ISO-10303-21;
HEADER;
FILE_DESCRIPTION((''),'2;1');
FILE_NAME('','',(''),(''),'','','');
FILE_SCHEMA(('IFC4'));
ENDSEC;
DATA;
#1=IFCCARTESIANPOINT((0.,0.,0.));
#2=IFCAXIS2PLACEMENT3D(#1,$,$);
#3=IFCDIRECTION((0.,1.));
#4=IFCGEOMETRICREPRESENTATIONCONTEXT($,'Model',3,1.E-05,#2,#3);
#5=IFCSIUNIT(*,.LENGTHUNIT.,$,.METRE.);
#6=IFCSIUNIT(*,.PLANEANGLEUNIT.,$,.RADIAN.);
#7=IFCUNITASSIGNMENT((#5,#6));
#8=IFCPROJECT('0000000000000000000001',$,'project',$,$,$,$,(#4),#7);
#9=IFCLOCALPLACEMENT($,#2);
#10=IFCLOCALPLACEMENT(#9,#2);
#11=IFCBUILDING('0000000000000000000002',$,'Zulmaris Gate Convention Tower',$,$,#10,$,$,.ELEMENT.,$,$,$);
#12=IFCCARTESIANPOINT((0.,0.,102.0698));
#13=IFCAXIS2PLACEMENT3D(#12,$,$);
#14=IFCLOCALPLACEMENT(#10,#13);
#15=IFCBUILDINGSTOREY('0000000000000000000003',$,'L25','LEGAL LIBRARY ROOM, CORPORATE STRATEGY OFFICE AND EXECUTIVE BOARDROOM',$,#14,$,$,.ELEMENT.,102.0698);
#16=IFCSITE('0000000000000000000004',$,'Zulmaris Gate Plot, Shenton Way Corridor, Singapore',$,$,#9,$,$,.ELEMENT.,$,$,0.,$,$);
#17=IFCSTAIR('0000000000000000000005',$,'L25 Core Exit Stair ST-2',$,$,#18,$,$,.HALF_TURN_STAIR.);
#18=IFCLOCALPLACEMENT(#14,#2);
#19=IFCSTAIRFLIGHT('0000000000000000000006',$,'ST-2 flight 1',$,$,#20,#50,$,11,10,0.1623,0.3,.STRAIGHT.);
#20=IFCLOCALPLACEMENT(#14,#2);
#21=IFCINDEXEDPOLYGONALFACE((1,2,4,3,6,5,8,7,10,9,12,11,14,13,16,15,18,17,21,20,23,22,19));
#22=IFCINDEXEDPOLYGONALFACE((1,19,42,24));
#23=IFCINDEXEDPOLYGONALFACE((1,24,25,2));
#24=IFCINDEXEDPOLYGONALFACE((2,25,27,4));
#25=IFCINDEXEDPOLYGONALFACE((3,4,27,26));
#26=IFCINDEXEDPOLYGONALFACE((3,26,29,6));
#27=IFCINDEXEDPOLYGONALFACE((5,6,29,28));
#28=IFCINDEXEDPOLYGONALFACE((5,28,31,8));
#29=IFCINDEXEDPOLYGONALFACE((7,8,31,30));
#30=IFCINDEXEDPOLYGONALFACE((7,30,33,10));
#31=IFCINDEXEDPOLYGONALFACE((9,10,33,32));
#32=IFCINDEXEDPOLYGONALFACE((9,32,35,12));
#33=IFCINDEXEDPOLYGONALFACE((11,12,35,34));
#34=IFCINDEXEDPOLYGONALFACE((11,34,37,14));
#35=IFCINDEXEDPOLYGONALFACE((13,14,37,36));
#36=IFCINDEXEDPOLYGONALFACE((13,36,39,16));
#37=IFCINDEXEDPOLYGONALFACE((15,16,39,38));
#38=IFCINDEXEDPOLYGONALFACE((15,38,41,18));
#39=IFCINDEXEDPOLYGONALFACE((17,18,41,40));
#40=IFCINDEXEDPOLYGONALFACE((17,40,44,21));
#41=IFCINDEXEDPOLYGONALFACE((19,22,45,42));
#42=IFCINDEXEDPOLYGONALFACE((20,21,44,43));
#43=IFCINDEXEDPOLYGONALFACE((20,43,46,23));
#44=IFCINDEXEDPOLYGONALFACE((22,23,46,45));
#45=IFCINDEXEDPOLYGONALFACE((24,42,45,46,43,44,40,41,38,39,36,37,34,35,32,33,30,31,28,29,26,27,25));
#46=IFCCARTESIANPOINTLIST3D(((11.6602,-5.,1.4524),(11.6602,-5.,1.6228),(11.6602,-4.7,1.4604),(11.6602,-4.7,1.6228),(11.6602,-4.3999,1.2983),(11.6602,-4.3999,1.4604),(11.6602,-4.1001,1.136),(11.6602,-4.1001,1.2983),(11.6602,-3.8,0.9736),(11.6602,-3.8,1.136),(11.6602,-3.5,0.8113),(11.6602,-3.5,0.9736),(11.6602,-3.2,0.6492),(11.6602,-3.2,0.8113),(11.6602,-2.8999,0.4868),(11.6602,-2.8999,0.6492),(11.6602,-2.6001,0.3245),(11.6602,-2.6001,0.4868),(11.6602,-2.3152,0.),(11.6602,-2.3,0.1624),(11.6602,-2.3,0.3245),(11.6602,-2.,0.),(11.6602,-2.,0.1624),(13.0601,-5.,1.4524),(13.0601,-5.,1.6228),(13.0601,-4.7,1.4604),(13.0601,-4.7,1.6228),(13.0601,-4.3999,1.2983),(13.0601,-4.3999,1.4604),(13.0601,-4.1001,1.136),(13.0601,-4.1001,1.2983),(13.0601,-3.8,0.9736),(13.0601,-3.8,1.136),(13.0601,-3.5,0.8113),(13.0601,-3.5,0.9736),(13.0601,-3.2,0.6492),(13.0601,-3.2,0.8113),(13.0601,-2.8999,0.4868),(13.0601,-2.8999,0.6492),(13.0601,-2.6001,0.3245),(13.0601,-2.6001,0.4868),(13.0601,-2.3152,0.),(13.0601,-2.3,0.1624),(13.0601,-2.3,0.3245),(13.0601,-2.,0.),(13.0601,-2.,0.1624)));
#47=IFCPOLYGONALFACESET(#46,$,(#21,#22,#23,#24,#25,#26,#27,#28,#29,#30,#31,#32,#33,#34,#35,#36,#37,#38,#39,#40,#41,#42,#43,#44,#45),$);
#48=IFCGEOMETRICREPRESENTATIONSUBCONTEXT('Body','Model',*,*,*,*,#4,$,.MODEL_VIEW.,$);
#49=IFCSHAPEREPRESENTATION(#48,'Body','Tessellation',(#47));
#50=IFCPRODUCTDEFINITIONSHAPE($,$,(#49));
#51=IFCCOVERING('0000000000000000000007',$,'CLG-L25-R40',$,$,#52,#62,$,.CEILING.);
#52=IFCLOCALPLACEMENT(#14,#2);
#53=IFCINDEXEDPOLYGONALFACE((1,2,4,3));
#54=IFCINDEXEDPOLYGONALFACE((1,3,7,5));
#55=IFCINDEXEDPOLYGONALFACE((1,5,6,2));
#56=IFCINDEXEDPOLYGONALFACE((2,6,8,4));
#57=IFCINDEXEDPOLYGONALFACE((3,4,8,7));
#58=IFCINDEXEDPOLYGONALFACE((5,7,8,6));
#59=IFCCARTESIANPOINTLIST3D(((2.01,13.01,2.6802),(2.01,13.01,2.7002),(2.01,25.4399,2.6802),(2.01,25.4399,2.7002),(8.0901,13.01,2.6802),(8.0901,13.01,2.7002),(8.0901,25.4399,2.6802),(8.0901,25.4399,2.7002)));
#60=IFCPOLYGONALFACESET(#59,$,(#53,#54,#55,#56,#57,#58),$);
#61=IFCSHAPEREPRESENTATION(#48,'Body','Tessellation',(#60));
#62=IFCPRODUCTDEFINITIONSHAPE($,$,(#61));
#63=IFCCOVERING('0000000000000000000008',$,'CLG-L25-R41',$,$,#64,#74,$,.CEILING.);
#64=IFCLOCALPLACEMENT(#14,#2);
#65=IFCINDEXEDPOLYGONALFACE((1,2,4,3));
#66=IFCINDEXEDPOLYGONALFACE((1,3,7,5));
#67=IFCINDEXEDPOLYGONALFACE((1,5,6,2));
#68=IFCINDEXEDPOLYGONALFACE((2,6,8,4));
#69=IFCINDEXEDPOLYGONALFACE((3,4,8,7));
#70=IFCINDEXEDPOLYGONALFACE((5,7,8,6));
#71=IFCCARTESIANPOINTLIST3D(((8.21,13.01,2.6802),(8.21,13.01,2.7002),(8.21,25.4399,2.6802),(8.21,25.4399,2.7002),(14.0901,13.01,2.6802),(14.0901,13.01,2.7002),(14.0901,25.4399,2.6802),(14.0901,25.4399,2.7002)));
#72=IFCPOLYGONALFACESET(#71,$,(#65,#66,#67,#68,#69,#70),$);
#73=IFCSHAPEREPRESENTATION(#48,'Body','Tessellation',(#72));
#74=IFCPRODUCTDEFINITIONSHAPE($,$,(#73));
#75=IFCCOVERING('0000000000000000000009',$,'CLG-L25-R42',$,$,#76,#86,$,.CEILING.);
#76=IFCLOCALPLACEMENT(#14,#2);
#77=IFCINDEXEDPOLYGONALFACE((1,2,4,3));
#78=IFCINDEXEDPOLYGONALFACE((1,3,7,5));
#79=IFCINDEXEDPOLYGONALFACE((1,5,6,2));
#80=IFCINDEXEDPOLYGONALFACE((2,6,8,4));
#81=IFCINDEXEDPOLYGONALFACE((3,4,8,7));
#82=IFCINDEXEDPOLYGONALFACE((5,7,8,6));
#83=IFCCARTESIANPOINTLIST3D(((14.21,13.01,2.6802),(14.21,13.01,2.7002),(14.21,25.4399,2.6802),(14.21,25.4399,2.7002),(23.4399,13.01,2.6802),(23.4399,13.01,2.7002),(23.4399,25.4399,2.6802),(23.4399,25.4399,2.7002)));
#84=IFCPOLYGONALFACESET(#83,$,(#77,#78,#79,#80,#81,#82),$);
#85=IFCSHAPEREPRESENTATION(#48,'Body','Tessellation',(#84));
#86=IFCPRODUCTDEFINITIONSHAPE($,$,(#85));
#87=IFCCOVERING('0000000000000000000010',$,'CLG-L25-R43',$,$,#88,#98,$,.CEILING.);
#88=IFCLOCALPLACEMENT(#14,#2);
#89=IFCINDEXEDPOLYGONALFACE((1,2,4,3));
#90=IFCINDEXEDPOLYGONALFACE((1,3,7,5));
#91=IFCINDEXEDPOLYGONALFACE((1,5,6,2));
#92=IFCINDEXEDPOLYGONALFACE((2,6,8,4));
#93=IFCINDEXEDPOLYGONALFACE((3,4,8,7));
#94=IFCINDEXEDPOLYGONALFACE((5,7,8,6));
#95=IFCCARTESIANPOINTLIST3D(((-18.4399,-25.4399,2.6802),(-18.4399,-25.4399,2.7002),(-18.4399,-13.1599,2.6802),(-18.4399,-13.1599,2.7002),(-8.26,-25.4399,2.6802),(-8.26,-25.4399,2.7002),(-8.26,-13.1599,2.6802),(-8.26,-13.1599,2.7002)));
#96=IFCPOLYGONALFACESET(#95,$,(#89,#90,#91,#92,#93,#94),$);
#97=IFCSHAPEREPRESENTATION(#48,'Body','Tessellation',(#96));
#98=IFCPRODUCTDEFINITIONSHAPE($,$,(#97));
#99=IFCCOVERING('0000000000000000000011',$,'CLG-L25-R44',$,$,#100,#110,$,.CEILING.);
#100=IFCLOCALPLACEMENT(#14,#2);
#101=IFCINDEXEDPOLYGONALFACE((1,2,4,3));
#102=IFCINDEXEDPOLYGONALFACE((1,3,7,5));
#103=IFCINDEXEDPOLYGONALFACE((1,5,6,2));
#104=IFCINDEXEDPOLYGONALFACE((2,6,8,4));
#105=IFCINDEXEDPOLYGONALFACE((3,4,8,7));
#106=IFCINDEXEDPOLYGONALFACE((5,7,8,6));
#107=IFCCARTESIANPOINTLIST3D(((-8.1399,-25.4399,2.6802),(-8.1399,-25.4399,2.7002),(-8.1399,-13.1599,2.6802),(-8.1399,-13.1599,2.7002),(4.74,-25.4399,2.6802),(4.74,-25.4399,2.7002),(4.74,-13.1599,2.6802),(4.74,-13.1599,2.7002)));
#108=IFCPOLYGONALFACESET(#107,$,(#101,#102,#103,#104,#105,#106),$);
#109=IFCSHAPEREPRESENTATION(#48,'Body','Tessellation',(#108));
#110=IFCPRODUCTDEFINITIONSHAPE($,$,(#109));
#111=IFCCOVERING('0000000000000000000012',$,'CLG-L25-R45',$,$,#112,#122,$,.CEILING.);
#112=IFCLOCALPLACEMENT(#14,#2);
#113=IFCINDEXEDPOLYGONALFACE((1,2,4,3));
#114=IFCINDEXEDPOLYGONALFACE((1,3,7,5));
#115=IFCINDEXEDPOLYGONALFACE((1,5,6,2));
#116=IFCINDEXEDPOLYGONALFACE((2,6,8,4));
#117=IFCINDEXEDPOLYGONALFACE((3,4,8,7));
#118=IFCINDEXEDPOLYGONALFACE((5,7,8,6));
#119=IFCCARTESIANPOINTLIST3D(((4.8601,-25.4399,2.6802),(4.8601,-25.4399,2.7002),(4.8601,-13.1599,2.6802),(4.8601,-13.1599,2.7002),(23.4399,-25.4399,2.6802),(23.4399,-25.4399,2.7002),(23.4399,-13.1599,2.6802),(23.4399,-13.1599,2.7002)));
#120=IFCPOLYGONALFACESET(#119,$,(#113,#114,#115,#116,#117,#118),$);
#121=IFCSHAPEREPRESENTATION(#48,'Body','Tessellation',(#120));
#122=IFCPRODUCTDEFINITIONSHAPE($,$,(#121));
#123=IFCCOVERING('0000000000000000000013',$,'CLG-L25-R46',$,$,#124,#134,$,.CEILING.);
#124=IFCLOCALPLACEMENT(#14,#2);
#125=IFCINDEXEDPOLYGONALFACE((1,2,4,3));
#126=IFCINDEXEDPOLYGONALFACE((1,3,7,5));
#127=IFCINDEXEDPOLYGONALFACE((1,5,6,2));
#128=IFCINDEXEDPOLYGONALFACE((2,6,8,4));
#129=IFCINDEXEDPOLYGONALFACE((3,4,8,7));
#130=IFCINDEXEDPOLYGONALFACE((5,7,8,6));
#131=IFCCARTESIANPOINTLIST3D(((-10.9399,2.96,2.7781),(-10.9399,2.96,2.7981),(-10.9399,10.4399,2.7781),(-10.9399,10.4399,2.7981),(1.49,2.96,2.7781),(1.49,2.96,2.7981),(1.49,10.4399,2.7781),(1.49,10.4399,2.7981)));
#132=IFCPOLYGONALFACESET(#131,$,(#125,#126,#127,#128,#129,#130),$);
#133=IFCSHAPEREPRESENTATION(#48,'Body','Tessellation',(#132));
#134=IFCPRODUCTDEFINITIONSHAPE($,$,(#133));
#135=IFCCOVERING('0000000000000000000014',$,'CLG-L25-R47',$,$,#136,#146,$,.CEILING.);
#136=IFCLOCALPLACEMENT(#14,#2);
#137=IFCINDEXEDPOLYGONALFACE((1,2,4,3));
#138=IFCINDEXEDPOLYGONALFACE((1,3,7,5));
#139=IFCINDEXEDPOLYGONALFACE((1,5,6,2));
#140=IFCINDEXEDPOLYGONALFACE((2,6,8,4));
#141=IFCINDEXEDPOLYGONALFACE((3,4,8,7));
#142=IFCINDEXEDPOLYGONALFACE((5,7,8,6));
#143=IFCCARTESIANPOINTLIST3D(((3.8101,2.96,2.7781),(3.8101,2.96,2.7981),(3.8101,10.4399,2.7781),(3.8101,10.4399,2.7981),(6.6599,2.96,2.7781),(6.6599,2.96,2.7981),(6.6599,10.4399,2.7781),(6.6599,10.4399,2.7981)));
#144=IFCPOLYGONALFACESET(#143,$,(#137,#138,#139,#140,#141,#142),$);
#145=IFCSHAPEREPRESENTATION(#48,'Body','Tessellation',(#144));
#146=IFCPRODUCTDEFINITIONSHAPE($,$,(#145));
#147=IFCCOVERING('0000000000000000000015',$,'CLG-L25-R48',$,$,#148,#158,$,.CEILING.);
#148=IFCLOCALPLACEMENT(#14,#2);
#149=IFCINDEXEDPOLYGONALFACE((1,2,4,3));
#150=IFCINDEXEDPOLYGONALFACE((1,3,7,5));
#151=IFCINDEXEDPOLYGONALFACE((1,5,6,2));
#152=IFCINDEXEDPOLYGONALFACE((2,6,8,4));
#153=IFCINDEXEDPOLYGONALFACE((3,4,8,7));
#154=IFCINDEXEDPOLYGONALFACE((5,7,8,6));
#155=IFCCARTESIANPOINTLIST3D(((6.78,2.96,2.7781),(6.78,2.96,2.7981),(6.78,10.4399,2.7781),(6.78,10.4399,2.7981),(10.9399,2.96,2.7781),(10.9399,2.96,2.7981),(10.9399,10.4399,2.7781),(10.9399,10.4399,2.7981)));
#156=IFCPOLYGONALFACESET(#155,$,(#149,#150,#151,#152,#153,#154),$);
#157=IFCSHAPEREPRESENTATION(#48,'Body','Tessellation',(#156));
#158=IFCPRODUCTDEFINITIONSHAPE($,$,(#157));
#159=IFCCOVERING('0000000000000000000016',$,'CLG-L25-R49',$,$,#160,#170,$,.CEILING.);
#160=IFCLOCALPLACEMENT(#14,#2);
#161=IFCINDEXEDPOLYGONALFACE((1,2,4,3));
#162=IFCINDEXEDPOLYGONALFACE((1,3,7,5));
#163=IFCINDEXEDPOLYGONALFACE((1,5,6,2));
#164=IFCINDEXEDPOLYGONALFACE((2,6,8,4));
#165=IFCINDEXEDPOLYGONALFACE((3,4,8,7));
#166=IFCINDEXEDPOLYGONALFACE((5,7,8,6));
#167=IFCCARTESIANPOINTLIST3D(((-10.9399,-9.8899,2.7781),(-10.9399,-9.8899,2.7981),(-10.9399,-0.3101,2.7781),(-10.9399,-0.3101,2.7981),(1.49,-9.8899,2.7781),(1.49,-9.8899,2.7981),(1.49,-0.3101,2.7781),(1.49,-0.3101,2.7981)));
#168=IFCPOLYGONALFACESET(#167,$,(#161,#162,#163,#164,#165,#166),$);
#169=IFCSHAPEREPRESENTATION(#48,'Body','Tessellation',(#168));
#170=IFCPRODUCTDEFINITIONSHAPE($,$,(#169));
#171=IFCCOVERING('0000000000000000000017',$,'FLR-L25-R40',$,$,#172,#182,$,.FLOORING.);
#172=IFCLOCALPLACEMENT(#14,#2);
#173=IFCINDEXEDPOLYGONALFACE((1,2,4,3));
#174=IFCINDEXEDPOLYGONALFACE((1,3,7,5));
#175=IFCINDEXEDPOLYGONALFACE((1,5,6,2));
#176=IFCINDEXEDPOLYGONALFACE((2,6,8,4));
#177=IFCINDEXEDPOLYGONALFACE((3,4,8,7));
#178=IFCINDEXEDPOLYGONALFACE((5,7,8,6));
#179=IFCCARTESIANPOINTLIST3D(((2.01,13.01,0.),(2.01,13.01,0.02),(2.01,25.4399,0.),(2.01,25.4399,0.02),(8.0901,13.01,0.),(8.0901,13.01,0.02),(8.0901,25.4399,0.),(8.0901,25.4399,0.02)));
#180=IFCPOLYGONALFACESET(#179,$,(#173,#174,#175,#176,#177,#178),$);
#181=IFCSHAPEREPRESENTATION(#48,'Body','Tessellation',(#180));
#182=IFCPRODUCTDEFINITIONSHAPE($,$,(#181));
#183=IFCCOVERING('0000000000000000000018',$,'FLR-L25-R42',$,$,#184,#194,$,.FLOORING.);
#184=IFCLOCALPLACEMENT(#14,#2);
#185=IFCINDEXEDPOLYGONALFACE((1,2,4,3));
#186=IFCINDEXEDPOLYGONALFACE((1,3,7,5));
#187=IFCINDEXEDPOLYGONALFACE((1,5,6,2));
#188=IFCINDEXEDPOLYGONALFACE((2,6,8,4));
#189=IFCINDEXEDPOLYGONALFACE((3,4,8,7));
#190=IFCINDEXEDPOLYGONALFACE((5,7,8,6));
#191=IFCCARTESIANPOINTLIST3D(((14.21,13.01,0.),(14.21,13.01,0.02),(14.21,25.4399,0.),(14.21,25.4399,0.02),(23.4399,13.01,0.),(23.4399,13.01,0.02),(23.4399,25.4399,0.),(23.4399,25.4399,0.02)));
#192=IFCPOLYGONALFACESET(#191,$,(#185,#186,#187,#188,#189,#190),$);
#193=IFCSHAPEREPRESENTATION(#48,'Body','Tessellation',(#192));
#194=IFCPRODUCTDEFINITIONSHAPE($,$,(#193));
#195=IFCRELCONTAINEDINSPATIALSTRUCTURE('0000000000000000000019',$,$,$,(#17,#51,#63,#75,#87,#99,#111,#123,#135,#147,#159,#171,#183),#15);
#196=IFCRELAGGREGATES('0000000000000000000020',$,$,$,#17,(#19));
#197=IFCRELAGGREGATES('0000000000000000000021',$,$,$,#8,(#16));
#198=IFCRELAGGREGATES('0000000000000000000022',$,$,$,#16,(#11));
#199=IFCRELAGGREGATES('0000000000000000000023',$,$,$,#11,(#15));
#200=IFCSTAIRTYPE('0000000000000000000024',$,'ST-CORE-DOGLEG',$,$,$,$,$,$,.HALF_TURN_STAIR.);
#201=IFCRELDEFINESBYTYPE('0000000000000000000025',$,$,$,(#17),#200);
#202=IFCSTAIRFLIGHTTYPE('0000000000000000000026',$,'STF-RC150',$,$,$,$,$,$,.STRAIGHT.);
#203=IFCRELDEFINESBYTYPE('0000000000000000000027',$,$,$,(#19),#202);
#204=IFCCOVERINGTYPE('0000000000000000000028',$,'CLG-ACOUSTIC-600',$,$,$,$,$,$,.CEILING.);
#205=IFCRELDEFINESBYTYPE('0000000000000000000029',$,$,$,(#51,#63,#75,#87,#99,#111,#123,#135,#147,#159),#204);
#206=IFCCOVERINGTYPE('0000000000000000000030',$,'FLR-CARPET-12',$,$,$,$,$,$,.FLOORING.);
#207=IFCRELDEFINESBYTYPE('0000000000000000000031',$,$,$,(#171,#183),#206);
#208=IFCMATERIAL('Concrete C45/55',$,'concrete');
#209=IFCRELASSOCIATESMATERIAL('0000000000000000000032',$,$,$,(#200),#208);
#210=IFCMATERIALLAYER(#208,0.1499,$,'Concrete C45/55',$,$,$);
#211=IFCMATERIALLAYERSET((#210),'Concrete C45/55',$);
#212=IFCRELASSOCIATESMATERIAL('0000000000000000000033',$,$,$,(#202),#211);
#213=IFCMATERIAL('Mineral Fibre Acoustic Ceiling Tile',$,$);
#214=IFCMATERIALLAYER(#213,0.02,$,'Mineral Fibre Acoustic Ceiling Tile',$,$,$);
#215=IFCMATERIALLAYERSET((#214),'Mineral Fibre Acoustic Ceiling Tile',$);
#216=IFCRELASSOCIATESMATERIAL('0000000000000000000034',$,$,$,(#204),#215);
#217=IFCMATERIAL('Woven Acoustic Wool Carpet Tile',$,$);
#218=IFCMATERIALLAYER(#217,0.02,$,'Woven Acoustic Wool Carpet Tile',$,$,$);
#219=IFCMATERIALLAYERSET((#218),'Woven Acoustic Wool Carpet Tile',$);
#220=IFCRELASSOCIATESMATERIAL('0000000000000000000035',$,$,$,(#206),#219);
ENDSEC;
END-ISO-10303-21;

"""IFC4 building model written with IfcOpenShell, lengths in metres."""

from ifc_helpers import new_model, si_unit, direction, frame, origin, place, context, subcontext, project, spatial, polyline, outline, extrude, material, layer, layer_set, type_object, element, aggregate, save


model = new_model("IFC4")

# Units and contexts
model_context = context("Model", 3, precision=1e-05, world=origin(), true_north=direction((0.0, 1.0)))
body_context = subcontext(model_context, "Body", "Model", "MODEL_VIEW")
ifc_project = project(units=[si_unit("LENGTHUNIT", "METRE"), si_unit("PLANEANGLEUNIT", "RADIAN")], contexts=[model_context])

# Site, building, storey
site_placement = place(None, origin())
site = spatial("IfcSite", under=ifc_project, at=site_placement, Name="Zulmaris Gate Plot, Shenton Way Corridor, Singapore", CompositionType="ELEMENT", RefElevation=0.0)
building_placement = place(site_placement, origin())
building = spatial("IfcBuilding", under=site, at=building_placement, Name="Zulmaris Gate Convention Tower", CompositionType="ELEMENT")
storey_placement = place(building_placement, frame((0.0, 0.0, 102.0698)))
storey = spatial("IfcBuildingStorey", under=building, at=storey_placement, Name="L25", Description="LEGAL LIBRARY ROOM, CORPORATE STRATEGY OFFICE AND EXECUTIVE BOARDROOM", CompositionType="ELEMENT", Elevation=102.0698)

# Stair, stair flight
ifc_material_1 = material(Name="Concrete C45/55", Category="concrete")
stair_type = type_object("IfcStairType", Name="ST-CORE-DOGLEG", PredefinedType="HALF_TURN_STAIR", material=ifc_material_1)
stair_placement = place(storey_placement, origin())
stair = element("IfcStair", 1, at=stair_placement, inside=storey, type_object=stair_type, Name="L25 Core Exit Stair ST-2", PredefinedType="HALF_TURN_STAIR")
ifc_layer_1 = layer(ifc_material_1, 0.1499, Name="Concrete C45/55")
ifc_layer_set_1 = layer_set([ifc_layer_1], Name="Concrete C45/55")
stair_flight_type = type_object("IfcStairFlightType", Name="STF-RC150", PredefinedType="STRAIGHT", material=ifc_layer_set_1)
stair_flight_placement = place(storey_placement, frame((12.3601, -2.0, 0.0), z_axis=(0.0, 0.0, 1.0), x_axis=(0.0, -1.0, 0.0)))
stair_flight = element("IfcStairFlight", 2, at=stair_flight_placement, type_object=stair_flight_type, Name="ST-2 flight 1", NumberOfRisers=11, NumberOfTreads=10, PredefinedType="STRAIGHT", RiserHeight=0.1623, TreadLength=0.3, context=body_context, shape_type="SweptSolid", body=[
    extrude(outline(polyline([(0.0, 0.0), (0.0, 0.1624), (0.3, 0.1624), (0.3, 0.3245), (0.6001, 0.3245), (0.6001, 0.4868), (0.8999, 0.4868), (0.8999, 0.6492), (1.2, 0.6492), (1.2, 0.8113), (1.5, 0.8113), (1.5, 0.9736), (1.8, 0.9736), (1.8, 1.136), (2.1001, 1.136), (2.1001, 1.2983), (2.3999, 1.2983), (2.3999, 1.4604), (2.7, 1.4604), (2.7, 1.6228), (3.0, 1.6228), (3.0, 1.7852), (3.0, 1.4524), (0.3152, 0.0), (0.0, 0.0)])), frame((0.0, 0.7, 0.0), z_axis=(0.0, -1.0, 0.0), x_axis=(1.0, 0.0, 0.0)), (0.0, 0.0, 1.0), 1.3999),
])
aggregate(stair, [stair_flight])

# Coverings
ifc_material_2 = material(Name="Mineral Fibre Acoustic Ceiling Tile")
ifc_layer_2 = layer(ifc_material_2, 0.02, Name="Mineral Fibre Acoustic Ceiling Tile")
ifc_layer_set_2 = layer_set([ifc_layer_2], Name="Mineral Fibre Acoustic Ceiling Tile")
covering_type_1 = type_object("IfcCoveringType", Name="CLG-ACOUSTIC-600", PredefinedType="CEILING", material=ifc_layer_set_2)
covering_1_placement = place(storey_placement, frame((0.0, 0.0, 2.6802)))
element("IfcCovering", 3, at=covering_1_placement, inside=storey, type_object=covering_type_1, Name="CLG-L25-R40", PredefinedType="CEILING", context=body_context, shape_type="SweptSolid", body=[
    extrude(outline(polyline([(2.01, 13.01), (8.0901, 13.01), (8.0901, 25.4399), (2.01, 25.4399), (2.01, 13.01)])), origin(), (0.0, 0.0, 1.0), 0.02),
])
covering_2_placement = place(storey_placement, frame((0.0, 0.0, 2.6802)))
element("IfcCovering", 4, at=covering_2_placement, inside=storey, type_object=covering_type_1, Name="CLG-L25-R41", PredefinedType="CEILING", context=body_context, shape_type="SweptSolid", body=[
    extrude(outline(polyline([(8.21, 13.01), (14.0901, 13.01), (14.0901, 25.4399), (8.21, 25.4399), (8.21, 13.01)])), origin(), (0.0, 0.0, 1.0), 0.02),
])
covering_3_placement = place(storey_placement, frame((0.0, 0.0, 2.6802)))
element("IfcCovering", 5, at=covering_3_placement, inside=storey, type_object=covering_type_1, Name="CLG-L25-R42", PredefinedType="CEILING", context=body_context, shape_type="SweptSolid", body=[
    extrude(outline(polyline([(14.21, 13.01), (23.4399, 13.01), (23.4399, 25.4399), (14.21, 25.4399), (14.21, 13.01)])), origin(), (0.0, 0.0, 1.0), 0.02),
])
covering_4_placement = place(storey_placement, frame((0.0, 0.0, 2.6802)))
element("IfcCovering", 6, at=covering_4_placement, inside=storey, type_object=covering_type_1, Name="CLG-L25-R43", PredefinedType="CEILING", context=body_context, shape_type="SweptSolid", body=[
    extrude(outline(polyline([(-18.4399, -25.4399), (-8.26, -25.4399), (-8.26, -13.1599), (-18.4399, -13.1599), (-18.4399, -25.4399)])), origin(), (0.0, 0.0, 1.0), 0.02),
])
covering_5_placement = place(storey_placement, frame((0.0, 0.0, 2.6802)))
element("IfcCovering", 7, at=covering_5_placement, inside=storey, type_object=covering_type_1, Name="CLG-L25-R44", PredefinedType="CEILING", context=body_context, shape_type="SweptSolid", body=[
    extrude(outline(polyline([(-8.1399, -25.4399), (4.74, -25.4399), (4.74, -13.1599), (-8.1399, -13.1599), (-8.1399, -25.4399)])), origin(), (0.0, 0.0, 1.0), 0.02),
])
covering_6_placement = place(storey_placement, frame((0.0, 0.0, 2.6802)))
element("IfcCovering", 8, at=covering_6_placement, inside=storey, type_object=covering_type_1, Name="CLG-L25-R45", PredefinedType="CEILING", context=body_context, shape_type="SweptSolid", body=[
    extrude(outline(polyline([(4.8601, -25.4399), (23.4399, -25.4399), (23.4399, -13.1599), (4.8601, -13.1599), (4.8601, -25.4399)])), origin(), (0.0, 0.0, 1.0), 0.02),
])
covering_7_placement = place(storey_placement, frame((0.0, 0.0, 2.7781)))
element("IfcCovering", 9, at=covering_7_placement, inside=storey, type_object=covering_type_1, Name="CLG-L25-R46", PredefinedType="CEILING", context=body_context, shape_type="SweptSolid", body=[
    extrude(outline(polyline([(-10.9399, 2.96), (1.49, 2.96), (1.49, 10.4399), (-10.9399, 10.4399), (-10.9399, 2.96)])), origin(), (0.0, 0.0, 1.0), 0.02),
])
covering_8_placement = place(storey_placement, frame((0.0, 0.0, 2.7781)))
element("IfcCovering", 10, at=covering_8_placement, inside=storey, type_object=covering_type_1, Name="CLG-L25-R47", PredefinedType="CEILING", context=body_context, shape_type="SweptSolid", body=[
    extrude(outline(polyline([(3.8101, 2.96), (6.6599, 2.96), (6.6599, 10.4399), (3.8101, 10.4399), (3.8101, 2.96)])), origin(), (0.0, 0.0, 1.0), 0.02),
])
covering_9_placement = place(storey_placement, frame((0.0, 0.0, 2.7781)))
element("IfcCovering", 11, at=covering_9_placement, inside=storey, type_object=covering_type_1, Name="CLG-L25-R48", PredefinedType="CEILING", context=body_context, shape_type="SweptSolid", body=[
    extrude(outline(polyline([(6.78, 2.96), (10.9399, 2.96), (10.9399, 10.4399), (6.78, 10.4399), (6.78, 2.96)])), origin(), (0.0, 0.0, 1.0), 0.02),
])
covering_10_placement = place(storey_placement, frame((0.0, 0.0, 2.7781)))
element("IfcCovering", 12, at=covering_10_placement, inside=storey, type_object=covering_type_1, Name="CLG-L25-R49", PredefinedType="CEILING", context=body_context, shape_type="SweptSolid", body=[
    extrude(outline(polyline([(-10.9399, -9.8899), (1.49, -9.8899), (1.49, -0.3101), (-10.9399, -0.3101), (-10.9399, -9.8899)])), origin(), (0.0, 0.0, 1.0), 0.02),
])
ifc_material_3 = material(Name="Woven Acoustic Wool Carpet Tile")
ifc_layer_3 = layer(ifc_material_3, 0.02, Name="Woven Acoustic Wool Carpet Tile")
ifc_layer_set_3 = layer_set([ifc_layer_3], Name="Woven Acoustic Wool Carpet Tile")
covering_type_2 = type_object("IfcCoveringType", Name="FLR-CARPET-12", PredefinedType="FLOORING", material=ifc_layer_set_3)
covering_11_placement = place(storey_placement, origin())
element("IfcCovering", 13, at=covering_11_placement, inside=storey, type_object=covering_type_2, Name="FLR-L25-R40", PredefinedType="FLOORING", context=body_context, shape_type="SweptSolid", body=[
    extrude(outline(polyline([(2.01, 13.01), (8.0901, 13.01), (8.0901, 25.4399), (2.01, 25.4399), (2.01, 13.01)])), origin(), (0.0, 0.0, 1.0), 0.02),
])
covering_12_placement = place(storey_placement, origin())
element("IfcCovering", 14, at=covering_12_placement, inside=storey, type_object=covering_type_2, Name="FLR-L25-R42", PredefinedType="FLOORING", context=body_context, shape_type="SweptSolid", body=[
    extrude(outline(polyline([(14.21, 13.01), (23.4399, 13.01), (23.4399, 25.4399), (14.21, 25.4399), (14.21, 13.01)])), origin(), (0.0, 0.0, 1.0), 0.02),
])

save(model, "model.ifc")
